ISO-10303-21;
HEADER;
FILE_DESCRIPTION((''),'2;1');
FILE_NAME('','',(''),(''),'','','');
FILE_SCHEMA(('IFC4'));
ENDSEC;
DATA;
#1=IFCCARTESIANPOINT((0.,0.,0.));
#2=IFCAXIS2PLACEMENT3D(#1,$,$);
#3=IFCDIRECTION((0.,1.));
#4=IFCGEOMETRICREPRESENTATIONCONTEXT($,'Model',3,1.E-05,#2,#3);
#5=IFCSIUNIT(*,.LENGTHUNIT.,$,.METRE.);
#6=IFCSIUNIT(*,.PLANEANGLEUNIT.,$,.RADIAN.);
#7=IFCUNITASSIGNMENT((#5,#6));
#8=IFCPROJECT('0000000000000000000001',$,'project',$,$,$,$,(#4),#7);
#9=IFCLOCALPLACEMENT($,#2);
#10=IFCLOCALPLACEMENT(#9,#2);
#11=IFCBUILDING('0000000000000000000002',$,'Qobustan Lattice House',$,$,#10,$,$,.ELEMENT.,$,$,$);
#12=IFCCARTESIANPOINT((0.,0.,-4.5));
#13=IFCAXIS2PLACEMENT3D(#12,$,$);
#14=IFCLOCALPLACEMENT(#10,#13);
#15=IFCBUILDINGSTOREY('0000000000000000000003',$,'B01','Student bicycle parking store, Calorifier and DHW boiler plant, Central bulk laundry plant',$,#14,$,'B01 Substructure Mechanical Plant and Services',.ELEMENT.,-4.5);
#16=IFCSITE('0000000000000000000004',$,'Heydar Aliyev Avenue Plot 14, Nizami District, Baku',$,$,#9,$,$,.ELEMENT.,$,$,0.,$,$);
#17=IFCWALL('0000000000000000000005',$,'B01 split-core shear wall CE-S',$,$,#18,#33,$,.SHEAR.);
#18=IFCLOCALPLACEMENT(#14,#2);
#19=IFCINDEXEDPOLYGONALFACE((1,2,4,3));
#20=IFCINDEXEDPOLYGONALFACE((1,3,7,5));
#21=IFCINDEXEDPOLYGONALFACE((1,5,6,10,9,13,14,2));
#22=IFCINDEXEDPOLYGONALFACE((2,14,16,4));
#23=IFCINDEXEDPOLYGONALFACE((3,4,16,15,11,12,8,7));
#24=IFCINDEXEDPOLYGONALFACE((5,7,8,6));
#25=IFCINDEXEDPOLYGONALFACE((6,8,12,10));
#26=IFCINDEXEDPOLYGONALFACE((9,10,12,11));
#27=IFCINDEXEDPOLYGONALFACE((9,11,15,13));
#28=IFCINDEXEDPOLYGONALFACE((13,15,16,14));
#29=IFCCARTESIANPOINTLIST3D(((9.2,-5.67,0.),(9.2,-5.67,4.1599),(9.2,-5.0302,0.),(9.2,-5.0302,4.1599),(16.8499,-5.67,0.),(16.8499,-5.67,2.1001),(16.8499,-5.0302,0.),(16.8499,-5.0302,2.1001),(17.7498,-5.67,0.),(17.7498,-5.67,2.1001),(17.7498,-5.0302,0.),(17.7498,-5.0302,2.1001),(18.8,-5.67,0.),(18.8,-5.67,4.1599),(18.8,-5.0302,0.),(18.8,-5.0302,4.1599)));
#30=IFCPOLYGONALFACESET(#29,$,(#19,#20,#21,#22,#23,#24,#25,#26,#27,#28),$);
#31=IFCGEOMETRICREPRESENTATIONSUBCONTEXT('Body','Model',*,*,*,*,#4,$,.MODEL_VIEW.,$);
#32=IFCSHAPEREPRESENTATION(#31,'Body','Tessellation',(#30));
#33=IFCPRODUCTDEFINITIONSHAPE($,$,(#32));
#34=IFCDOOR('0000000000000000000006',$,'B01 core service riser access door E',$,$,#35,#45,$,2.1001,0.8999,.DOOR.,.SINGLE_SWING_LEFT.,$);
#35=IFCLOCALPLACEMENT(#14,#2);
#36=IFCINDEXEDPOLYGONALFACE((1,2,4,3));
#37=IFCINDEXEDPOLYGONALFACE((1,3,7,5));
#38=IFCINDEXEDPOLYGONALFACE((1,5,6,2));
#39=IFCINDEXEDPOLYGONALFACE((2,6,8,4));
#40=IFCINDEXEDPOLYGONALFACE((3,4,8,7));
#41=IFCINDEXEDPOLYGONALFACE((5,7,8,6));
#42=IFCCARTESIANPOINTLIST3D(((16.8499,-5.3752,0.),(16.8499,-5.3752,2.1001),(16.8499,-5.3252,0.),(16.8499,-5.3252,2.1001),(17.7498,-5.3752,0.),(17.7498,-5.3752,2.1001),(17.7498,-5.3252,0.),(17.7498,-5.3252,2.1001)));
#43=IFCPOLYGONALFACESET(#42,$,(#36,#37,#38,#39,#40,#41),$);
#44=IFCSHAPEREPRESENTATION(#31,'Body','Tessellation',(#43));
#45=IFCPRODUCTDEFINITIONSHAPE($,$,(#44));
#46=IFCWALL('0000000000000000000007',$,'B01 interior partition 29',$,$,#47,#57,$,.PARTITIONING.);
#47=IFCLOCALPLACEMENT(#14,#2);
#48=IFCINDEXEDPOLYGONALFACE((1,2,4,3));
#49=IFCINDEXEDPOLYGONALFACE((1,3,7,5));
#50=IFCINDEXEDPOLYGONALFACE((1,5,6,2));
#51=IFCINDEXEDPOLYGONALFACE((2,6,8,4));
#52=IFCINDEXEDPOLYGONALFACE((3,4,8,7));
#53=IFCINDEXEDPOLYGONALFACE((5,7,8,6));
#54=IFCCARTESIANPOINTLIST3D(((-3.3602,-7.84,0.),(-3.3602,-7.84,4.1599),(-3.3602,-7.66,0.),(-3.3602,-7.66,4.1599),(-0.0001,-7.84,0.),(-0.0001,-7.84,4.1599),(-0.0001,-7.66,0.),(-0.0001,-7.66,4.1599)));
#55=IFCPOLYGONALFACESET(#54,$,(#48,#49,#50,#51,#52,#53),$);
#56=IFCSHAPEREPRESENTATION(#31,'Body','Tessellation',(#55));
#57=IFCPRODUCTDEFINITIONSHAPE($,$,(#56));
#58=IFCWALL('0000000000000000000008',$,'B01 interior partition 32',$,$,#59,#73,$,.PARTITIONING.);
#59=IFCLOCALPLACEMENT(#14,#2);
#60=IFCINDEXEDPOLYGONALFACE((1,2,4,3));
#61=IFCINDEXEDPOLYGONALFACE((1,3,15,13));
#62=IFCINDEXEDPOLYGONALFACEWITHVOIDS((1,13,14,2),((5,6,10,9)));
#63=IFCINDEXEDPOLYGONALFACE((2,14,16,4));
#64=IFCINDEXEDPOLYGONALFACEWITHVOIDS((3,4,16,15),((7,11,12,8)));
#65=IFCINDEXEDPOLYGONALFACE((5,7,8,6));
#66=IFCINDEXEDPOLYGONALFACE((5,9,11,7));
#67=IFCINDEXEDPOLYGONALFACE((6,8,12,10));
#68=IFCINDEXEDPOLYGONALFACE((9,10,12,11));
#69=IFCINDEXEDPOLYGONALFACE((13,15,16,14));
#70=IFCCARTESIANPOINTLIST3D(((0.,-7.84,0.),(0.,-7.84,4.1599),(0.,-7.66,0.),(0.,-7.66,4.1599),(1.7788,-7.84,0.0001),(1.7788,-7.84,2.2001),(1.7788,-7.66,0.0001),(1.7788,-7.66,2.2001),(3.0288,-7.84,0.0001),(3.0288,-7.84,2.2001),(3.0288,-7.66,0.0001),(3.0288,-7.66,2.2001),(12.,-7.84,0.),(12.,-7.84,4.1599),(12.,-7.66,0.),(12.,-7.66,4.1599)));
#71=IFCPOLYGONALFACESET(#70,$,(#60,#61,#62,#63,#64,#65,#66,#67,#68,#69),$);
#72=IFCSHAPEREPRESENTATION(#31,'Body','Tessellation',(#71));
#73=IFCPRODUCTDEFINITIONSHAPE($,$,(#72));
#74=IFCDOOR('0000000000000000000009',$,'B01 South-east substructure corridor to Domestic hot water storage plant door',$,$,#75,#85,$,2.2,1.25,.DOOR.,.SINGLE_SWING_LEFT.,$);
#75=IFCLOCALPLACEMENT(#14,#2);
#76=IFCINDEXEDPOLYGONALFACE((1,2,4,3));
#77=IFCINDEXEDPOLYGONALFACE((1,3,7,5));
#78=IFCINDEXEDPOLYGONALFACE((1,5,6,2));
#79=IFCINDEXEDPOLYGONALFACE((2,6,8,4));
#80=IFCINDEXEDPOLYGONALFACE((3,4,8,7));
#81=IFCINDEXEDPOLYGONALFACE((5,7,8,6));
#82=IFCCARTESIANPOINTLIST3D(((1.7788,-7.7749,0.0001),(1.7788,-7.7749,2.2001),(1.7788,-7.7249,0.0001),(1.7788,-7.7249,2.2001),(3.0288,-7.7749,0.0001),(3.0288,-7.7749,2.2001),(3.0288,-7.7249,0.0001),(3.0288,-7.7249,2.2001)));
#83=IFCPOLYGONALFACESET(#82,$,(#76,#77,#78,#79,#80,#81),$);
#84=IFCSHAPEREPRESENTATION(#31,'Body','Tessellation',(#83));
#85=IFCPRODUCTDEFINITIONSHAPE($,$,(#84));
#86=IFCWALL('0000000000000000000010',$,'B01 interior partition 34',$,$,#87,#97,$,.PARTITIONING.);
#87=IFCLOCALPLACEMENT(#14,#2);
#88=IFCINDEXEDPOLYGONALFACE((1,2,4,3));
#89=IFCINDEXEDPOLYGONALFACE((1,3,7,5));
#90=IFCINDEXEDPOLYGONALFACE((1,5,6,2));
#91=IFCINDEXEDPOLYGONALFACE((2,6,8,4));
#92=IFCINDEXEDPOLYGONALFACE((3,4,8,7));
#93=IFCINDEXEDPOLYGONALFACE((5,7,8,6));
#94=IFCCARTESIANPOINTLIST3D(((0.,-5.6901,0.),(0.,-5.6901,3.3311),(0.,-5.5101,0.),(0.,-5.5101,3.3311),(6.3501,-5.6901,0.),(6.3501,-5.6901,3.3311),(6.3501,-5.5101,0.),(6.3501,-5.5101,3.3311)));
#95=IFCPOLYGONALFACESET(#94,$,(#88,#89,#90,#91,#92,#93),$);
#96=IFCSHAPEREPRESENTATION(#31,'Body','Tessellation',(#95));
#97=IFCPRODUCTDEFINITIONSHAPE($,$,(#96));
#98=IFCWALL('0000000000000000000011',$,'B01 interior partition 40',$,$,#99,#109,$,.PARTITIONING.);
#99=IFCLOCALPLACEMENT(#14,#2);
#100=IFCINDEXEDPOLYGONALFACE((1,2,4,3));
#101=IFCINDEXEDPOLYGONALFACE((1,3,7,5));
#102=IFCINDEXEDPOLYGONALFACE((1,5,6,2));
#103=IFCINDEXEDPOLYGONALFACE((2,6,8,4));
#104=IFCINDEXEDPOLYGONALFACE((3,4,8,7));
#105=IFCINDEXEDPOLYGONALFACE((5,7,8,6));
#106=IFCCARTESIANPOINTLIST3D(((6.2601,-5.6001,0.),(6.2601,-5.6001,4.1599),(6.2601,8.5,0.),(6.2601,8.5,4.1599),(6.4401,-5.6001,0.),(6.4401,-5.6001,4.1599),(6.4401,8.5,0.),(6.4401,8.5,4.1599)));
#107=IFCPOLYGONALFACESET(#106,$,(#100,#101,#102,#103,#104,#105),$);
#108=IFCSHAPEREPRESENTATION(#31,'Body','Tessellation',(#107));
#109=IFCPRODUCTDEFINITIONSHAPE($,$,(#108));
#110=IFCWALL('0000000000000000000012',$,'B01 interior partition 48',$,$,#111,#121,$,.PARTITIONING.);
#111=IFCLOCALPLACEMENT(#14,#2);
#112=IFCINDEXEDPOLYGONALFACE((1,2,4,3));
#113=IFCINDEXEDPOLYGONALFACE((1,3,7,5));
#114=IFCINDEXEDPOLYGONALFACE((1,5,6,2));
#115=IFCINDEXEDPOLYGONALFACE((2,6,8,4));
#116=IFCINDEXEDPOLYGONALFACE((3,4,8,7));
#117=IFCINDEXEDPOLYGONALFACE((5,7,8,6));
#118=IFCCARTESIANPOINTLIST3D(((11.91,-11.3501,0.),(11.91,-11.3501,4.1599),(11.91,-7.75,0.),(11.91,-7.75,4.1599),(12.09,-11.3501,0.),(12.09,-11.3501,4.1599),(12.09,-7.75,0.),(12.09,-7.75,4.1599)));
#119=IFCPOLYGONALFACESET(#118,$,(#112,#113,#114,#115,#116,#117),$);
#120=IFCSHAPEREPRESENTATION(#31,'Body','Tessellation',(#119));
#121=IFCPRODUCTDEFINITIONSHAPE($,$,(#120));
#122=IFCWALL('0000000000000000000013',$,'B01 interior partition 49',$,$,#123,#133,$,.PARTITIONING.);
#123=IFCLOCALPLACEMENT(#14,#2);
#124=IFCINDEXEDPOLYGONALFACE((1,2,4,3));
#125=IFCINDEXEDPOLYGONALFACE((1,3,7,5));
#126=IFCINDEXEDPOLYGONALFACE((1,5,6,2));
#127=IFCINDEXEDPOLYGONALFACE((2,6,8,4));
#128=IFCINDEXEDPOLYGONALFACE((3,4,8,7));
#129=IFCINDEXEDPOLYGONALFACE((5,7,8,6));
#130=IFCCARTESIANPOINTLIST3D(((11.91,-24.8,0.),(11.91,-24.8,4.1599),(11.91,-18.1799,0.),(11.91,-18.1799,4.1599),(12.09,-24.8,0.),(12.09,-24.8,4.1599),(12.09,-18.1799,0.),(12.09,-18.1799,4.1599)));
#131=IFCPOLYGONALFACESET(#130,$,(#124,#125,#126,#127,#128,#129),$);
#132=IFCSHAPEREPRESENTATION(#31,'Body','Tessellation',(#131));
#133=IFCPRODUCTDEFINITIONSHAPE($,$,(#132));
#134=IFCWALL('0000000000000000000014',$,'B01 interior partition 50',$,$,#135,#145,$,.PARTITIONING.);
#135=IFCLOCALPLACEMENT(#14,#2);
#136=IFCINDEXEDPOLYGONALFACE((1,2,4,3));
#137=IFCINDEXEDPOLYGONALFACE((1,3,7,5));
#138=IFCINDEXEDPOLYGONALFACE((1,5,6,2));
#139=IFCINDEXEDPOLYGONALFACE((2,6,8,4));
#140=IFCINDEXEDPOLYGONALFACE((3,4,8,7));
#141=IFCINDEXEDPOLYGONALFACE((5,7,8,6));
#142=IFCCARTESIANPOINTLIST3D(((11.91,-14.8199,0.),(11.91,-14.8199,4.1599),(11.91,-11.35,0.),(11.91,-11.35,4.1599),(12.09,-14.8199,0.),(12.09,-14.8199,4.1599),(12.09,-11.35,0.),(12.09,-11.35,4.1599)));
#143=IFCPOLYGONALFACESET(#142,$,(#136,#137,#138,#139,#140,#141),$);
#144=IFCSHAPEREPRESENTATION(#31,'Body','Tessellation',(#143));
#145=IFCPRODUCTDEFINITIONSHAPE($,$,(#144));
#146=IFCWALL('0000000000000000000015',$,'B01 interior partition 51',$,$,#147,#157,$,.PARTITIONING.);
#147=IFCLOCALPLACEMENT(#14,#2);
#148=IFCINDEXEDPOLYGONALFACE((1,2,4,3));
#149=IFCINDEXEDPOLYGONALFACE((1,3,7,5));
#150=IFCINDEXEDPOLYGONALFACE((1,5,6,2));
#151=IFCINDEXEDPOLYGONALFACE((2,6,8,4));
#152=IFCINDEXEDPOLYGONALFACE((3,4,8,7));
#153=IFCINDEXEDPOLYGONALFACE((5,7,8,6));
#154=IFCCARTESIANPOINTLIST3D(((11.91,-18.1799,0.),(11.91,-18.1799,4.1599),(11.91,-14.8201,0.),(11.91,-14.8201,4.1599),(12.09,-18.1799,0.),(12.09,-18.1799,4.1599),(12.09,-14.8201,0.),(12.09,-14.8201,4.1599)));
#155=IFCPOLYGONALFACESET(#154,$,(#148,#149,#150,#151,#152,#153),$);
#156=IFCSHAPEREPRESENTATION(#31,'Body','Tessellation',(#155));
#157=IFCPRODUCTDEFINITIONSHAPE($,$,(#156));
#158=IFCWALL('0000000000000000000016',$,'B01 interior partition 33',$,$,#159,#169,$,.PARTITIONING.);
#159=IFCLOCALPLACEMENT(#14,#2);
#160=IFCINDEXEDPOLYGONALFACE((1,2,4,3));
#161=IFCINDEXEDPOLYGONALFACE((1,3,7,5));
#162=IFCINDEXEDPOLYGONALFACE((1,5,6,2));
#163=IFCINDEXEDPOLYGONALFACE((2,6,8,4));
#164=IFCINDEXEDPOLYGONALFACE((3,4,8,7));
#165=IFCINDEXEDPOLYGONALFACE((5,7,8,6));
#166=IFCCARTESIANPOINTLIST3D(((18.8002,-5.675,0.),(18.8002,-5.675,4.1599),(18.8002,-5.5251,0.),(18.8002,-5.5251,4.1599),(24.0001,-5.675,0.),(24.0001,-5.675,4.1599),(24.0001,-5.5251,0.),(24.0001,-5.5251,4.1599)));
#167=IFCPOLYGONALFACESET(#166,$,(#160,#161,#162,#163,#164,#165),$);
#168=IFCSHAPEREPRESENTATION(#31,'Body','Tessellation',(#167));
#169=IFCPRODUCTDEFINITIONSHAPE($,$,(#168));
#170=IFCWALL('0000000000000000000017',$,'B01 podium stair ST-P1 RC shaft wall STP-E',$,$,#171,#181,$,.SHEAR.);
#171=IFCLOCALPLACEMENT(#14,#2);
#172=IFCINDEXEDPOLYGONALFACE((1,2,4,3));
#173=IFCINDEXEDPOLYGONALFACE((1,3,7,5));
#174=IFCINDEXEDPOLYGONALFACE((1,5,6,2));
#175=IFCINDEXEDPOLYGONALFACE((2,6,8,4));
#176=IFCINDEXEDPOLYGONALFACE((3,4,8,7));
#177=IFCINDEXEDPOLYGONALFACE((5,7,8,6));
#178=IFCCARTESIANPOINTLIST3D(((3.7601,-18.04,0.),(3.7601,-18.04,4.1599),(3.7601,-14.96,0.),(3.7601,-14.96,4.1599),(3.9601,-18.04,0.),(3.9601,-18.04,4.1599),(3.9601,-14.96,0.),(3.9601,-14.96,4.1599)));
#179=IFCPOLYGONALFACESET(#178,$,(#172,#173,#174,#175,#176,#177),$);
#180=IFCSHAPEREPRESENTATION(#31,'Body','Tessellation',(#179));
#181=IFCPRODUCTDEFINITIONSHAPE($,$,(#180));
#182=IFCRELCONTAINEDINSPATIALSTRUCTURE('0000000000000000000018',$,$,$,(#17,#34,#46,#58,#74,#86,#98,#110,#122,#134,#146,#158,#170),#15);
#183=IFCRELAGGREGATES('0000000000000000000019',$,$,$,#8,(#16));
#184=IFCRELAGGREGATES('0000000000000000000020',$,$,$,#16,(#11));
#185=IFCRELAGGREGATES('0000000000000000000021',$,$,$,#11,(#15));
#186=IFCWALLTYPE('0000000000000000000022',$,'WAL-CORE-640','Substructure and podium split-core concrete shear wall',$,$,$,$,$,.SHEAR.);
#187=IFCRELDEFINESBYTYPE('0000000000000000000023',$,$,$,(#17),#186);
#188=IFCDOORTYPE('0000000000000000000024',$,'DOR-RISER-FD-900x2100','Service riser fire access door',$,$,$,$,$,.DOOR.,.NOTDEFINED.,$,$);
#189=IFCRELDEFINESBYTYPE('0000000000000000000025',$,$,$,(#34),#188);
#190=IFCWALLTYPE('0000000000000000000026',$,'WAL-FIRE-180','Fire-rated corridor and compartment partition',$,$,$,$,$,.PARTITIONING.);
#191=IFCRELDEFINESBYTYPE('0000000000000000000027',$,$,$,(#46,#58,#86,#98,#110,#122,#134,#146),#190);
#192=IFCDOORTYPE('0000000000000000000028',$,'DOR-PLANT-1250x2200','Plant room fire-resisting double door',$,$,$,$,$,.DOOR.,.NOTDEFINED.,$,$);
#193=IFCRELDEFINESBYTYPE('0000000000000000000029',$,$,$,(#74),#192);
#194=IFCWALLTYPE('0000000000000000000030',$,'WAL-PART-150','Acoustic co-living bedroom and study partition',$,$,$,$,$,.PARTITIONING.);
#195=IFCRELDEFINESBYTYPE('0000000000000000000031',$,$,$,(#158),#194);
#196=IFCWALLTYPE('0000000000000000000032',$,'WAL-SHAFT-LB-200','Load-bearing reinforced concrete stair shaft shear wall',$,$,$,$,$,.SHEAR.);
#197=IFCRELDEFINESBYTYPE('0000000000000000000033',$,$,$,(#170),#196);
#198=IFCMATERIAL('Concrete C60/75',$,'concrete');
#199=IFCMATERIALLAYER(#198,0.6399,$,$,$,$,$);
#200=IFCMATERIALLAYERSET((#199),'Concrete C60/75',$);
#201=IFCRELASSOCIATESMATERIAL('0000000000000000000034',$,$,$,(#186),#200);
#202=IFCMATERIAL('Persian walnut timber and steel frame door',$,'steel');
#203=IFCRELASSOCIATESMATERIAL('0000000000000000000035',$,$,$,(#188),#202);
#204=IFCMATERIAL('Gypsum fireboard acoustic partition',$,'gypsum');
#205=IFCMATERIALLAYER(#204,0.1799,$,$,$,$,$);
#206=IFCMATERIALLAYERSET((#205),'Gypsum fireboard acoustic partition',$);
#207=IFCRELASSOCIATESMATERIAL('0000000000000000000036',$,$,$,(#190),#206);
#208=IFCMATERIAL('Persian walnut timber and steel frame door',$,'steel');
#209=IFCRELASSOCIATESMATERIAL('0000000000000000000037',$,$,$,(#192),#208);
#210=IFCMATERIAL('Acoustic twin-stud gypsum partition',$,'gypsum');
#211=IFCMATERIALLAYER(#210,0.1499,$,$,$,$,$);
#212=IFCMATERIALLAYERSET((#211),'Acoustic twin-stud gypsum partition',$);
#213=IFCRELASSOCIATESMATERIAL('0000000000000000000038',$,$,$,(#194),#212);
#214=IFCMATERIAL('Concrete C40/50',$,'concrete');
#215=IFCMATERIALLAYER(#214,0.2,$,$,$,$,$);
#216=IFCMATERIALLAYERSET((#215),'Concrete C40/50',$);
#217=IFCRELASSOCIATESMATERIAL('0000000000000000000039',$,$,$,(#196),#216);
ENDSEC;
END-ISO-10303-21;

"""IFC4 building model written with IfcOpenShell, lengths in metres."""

from ifc_helpers import new_model, si_unit, direction, frame, frame_2d, origin, place, context, subcontext, project, spatial, rectangle, extrude, material, layer, layer_set, type_object, element, fill, save


model = new_model("IFC4")

# Units and contexts
model_context = context("Model", 3, precision=1e-05, world=origin(), true_north=direction((0.0, 1.0)))
body_context = subcontext(model_context, "Body", "Model", "MODEL_VIEW")
ifc_project = project(units=[si_unit("LENGTHUNIT", "METRE"), si_unit("PLANEANGLEUNIT", "RADIAN")], contexts=[model_context])

# Site, building, storey
site_placement = place(None, origin())
site = spatial("IfcSite", under=ifc_project, at=site_placement, Name="Heydar Aliyev Avenue Plot 14, Nizami District, Baku", CompositionType="ELEMENT", RefElevation=0.0)
building_placement = place(site_placement, origin())
building = spatial("IfcBuilding", under=site, at=building_placement, Name="Qobustan Lattice House", CompositionType="ELEMENT")
storey_placement = place(building_placement, frame((0.0, 0.0, -4.5)))
storey = spatial("IfcBuildingStorey", under=building, at=storey_placement, Name="B01", Description="Student bicycle parking store, Calorifier and DHW boiler plant, Central bulk laundry plant", LongName="B01 Substructure Mechanical Plant and Services", CompositionType="ELEMENT", Elevation=-4.5)

# Wall, opening, door
ifc_material_1 = material(Name="Concrete C60/75", Category="concrete")
ifc_layer_1 = layer(ifc_material_1, 0.6399)
ifc_layer_set_1 = layer_set([ifc_layer_1], Name="Concrete C60/75")
wall_type_1 = type_object("IfcWallType", Name="WAL-CORE-640", Description="Substructure and podium split-core concrete shear wall", PredefinedType="SHEAR", material=ifc_layer_set_1)
wall_1_placement = place(storey_placement, frame((9.2, -5.3501, 0.0), z_axis=(0.0, 0.0, 1.0), x_axis=(1.0, 0.0, 0.0)))
wall_1 = element("IfcWall", 1, at=wall_1_placement, inside=storey, type_object=wall_type_1, Name="B01 split-core shear wall CE-S", PredefinedType="SHEAR", context=body_context, shape_type="SweptSolid", body=[
    extrude(rectangle(XDim=9.6001, YDim=0.6399, at=frame_2d((4.8, 0.0))), origin(), (0.0, 0.0, 1.0), 4.1599),
])
opening_1_placement = place(wall_1_placement, frame((7.6499, 0.0, 0.0)))
opening_1 = element("IfcOpeningElement", 2, at=opening_1_placement, cuts=wall_1, PredefinedType="OPENING", context=body_context, shape_type="SweptSolid", body=[
    extrude(rectangle(XDim=0.8999, YDim=2.1001, at=frame_2d((0.45, 1.05))), frame((0.0, 0.3298, 0.0), z_axis=(0.0, -1.0, 0.0), x_axis=(1.0, 0.0, 0.0)), (0.0, 0.0, 1.0), 0.6599),
])
ifc_material_2 = material(Name="Persian walnut timber and steel frame door", Category="steel")
door_type_1 = type_object("IfcDoorType", Name="DOR-RISER-FD-900x2100", Description="Service riser fire access door", OperationType="NOTDEFINED", PredefinedType="DOOR", material=ifc_material_2)
door_1_placement = place(opening_1_placement, origin())
door_1 = element("IfcDoor", 3, at=door_1_placement, inside=storey, type_object=door_type_1, Name="B01 core service riser access door E", OperationType="SINGLE_SWING_LEFT", OverallHeight=2.1001, OverallWidth=0.8999, PredefinedType="DOOR", context=body_context, shape_type="SweptSolid", body=[
    extrude(rectangle(XDim=0.8999, YDim=2.1001, at=frame_2d((0.45, 1.05))), frame((0.0, 0.0249, 0.0), z_axis=(0.0, -1.0, 0.0), x_axis=(1.0, 0.0, 0.0)), (0.0, 0.0, 1.0), 0.05),
])
fill(opening_1, door_1)

# Wall
ifc_material_3 = material(Name="Gypsum fireboard acoustic partition", Category="gypsum")
ifc_layer_2 = layer(ifc_material_3, 0.1799)
ifc_layer_set_2 = layer_set([ifc_layer_2], Name="Gypsum fireboard acoustic partition")
wall_type_2 = type_object("IfcWallType", Name="WAL-FIRE-180", Description="Fire-rated corridor and compartment partition", PredefinedType="PARTITIONING", material=ifc_layer_set_2)
wall_2_placement = place(storey_placement, frame((0.0, -7.75, 0.0), z_axis=(0.0, 0.0, 1.0), x_axis=(-1.0, 0.0, 0.0)))
element("IfcWall", 4, at=wall_2_placement, inside=storey, type_object=wall_type_2, Name="B01 interior partition 29", PredefinedType="PARTITIONING", context=body_context, shape_type="SweptSolid", body=[
    extrude(rectangle(XDim=3.3601, YDim=0.1799, at=frame_2d((1.6802, 0.0))), origin(), (0.0, 0.0, 1.0), 4.1599),
])

# Wall, opening, door
wall_3_placement = place(storey_placement, frame((12.0, -7.75, 0.0), z_axis=(0.0, 0.0, 1.0), x_axis=(-1.0, 0.0, 0.0)))
wall_3 = element("IfcWall", 5, at=wall_3_placement, inside=storey, type_object=wall_type_2, Name="B01 interior partition 32", PredefinedType="PARTITIONING", context=body_context, shape_type="SweptSolid", body=[
    extrude(rectangle(XDim=12.0, YDim=0.1799, at=frame_2d((6.0, 0.0))), origin(), (0.0, 0.0, 1.0), 4.1599),
])
opening_2_placement = place(wall_3_placement, frame((8.9712, 0.0, 0.0)))
opening_2 = element("IfcOpeningElement", 6, at=opening_2_placement, cuts=wall_3, PredefinedType="OPENING", context=body_context, shape_type="SweptSolid", body=[
    extrude(rectangle(XDim=1.25, YDim=2.2, at=frame_2d((0.625, 1.1001))), frame((0.0, 0.0999, 0.0), z_axis=(0.0, -1.0, 0.0), x_axis=(1.0, 0.0, 0.0)), (0.0, 0.0, 1.0), 0.2),
])
ifc_material_4 = material(Name="Persian walnut timber and steel frame door", Category="steel")
door_type_2 = type_object("IfcDoorType", Name="DOR-PLANT-1250x2200", Description="Plant room fire-resisting double door", OperationType="NOTDEFINED", PredefinedType="DOOR", material=ifc_material_4)
door_2_placement = place(opening_2_placement, origin())
door_2 = element("IfcDoor", 7, at=door_2_placement, inside=storey, type_object=door_type_2, Name="B01 South-east substructure corridor to Domestic hot water storage plant door", OperationType="SINGLE_SWING_LEFT", OverallHeight=2.2, OverallWidth=1.25, PredefinedType="DOOR", context=body_context, shape_type="SweptSolid", body=[
    extrude(rectangle(XDim=1.25, YDim=2.2, at=frame_2d((0.625, 1.1001))), frame((0.0, 0.0249, 0.0), z_axis=(0.0, -1.0, 0.0), x_axis=(1.0, 0.0, 0.0)), (0.0, 0.0, 1.0), 0.05),
])
fill(opening_2, door_2)

# Walls
wall_4_placement = place(storey_placement, frame((0.0, -5.6001, 0.0), z_axis=(0.0, 0.0, 1.0), x_axis=(1.0, 0.0, 0.0)))
element("IfcWall", 8, at=wall_4_placement, inside=storey, type_object=wall_type_2, Name="B01 interior partition 34", PredefinedType="PARTITIONING", context=body_context, shape_type="SweptSolid", body=[
    extrude(rectangle(XDim=6.3501, YDim=0.1799, at=frame_2d((3.175, 0.0))), origin(), (0.0, 0.0, 1.0), 3.3311),
])
wall_5_placement = place(storey_placement, frame((6.3501, -5.6001, 0.0), z_axis=(0.0, 0.0, 1.0), x_axis=(0.0, 1.0, 0.0)))
element("IfcWall", 9, at=wall_5_placement, inside=storey, type_object=wall_type_2, Name="B01 interior partition 40", PredefinedType="PARTITIONING", context=body_context, shape_type="SweptSolid", body=[
    extrude(rectangle(XDim=14.1001, YDim=0.1799, at=frame_2d((7.05, 0.0))), origin(), (0.0, 0.0, 1.0), 4.1599),
])
wall_6_placement = place(storey_placement, frame((12.0, -7.75, 0.0), z_axis=(0.0, 0.0, 1.0), x_axis=(0.0, -1.0, 0.0)))
element("IfcWall", 10, at=wall_6_placement, inside=storey, type_object=wall_type_2, Name="B01 interior partition 48", PredefinedType="PARTITIONING", context=body_context, shape_type="SweptSolid", body=[
    extrude(rectangle(XDim=3.6001, YDim=0.1799, at=frame_2d((1.8, 0.0))), origin(), (0.0, 0.0, 1.0), 4.1599),
])
wall_7_placement = place(storey_placement, frame((12.0, -18.1799, 0.0), z_axis=(0.0, 0.0, 1.0), x_axis=(0.0, -1.0, 0.0)))
element("IfcWall", 11, at=wall_7_placement, inside=storey, type_object=wall_type_2, Name="B01 interior partition 49", PredefinedType="PARTITIONING", context=body_context, shape_type="SweptSolid", body=[
    extrude(rectangle(XDim=6.6201, YDim=0.1799, at=frame_2d((3.3101, 0.0))), origin(), (0.0, 0.0, 1.0), 4.1599),
])
wall_8_placement = place(storey_placement, frame((12.0, -11.3501, 0.0), z_axis=(0.0, 0.0, 1.0), x_axis=(0.0, -1.0, 0.0)))
element("IfcWall", 12, at=wall_8_placement, inside=storey, type_object=wall_type_2, Name="B01 interior partition 50", PredefinedType="PARTITIONING", context=body_context, shape_type="SweptSolid", body=[
    extrude(rectangle(XDim=3.47, YDim=0.1799, at=frame_2d((1.7349, 0.0))), origin(), (0.0, 0.0, 1.0), 4.1599),
])
wall_9_placement = place(storey_placement, frame((12.0, -14.8201, 0.0), z_axis=(0.0, 0.0, 1.0), x_axis=(0.0, -1.0, 0.0)))
element("IfcWall", 13, at=wall_9_placement, inside=storey, type_object=wall_type_2, Name="B01 interior partition 51", PredefinedType="PARTITIONING", context=body_context, shape_type="SweptSolid", body=[
    extrude(rectangle(XDim=3.3599, YDim=0.1799, at=frame_2d((1.6799, 0.0))), origin(), (0.0, 0.0, 1.0), 4.1599),
])
ifc_material_5 = material(Name="Acoustic twin-stud gypsum partition", Category="gypsum")
ifc_layer_3 = layer(ifc_material_5, 0.1499)
ifc_layer_set_3 = layer_set([ifc_layer_3], Name="Acoustic twin-stud gypsum partition")
wall_type_3 = type_object("IfcWallType", Name="WAL-PART-150", Description="Acoustic co-living bedroom and study partition", PredefinedType="PARTITIONING", material=ifc_layer_set_3)
wall_10_placement = place(storey_placement, frame((18.8, -5.6001, 0.0), z_axis=(0.0, 0.0, 1.0), x_axis=(1.0, 0.0, 0.0)))
element("IfcWall", 14, at=wall_10_placement, inside=storey, type_object=wall_type_3, Name="B01 interior partition 33", PredefinedType="PARTITIONING", context=body_context, shape_type="SweptSolid", body=[
    extrude(rectangle(XDim=5.2, YDim=0.1499, at=frame_2d((2.6001, 0.0))), origin(), (0.0, 0.0, 1.0), 4.1599),
])
ifc_material_6 = material(Name="Concrete C40/50", Category="concrete")
ifc_layer_4 = layer(ifc_material_6, 0.2)
ifc_layer_set_4 = layer_set([ifc_layer_4], Name="Concrete C40/50")
wall_type_4 = type_object("IfcWallType", Name="WAL-SHAFT-LB-200", Description="Load-bearing reinforced concrete stair shaft shear wall", PredefinedType="SHEAR", material=ifc_layer_set_4)
wall_11_placement = place(storey_placement, frame((3.8601, -18.04, 0.0), z_axis=(0.0, 0.0, 1.0), x_axis=(0.0, 1.0, 0.0)))
element("IfcWall", 15, at=wall_11_placement, inside=storey, type_object=wall_type_4, Name="B01 podium stair ST-P1 RC shaft wall STP-E", PredefinedType="SHEAR", context=body_context, shape_type="SweptSolid", body=[
    extrude(rectangle(XDim=3.0801, YDim=0.2, at=frame_2d((1.54, 0.0))), origin(), (0.0, 0.0, 1.0), 4.1599),
])

save(model, "model.ifc")
